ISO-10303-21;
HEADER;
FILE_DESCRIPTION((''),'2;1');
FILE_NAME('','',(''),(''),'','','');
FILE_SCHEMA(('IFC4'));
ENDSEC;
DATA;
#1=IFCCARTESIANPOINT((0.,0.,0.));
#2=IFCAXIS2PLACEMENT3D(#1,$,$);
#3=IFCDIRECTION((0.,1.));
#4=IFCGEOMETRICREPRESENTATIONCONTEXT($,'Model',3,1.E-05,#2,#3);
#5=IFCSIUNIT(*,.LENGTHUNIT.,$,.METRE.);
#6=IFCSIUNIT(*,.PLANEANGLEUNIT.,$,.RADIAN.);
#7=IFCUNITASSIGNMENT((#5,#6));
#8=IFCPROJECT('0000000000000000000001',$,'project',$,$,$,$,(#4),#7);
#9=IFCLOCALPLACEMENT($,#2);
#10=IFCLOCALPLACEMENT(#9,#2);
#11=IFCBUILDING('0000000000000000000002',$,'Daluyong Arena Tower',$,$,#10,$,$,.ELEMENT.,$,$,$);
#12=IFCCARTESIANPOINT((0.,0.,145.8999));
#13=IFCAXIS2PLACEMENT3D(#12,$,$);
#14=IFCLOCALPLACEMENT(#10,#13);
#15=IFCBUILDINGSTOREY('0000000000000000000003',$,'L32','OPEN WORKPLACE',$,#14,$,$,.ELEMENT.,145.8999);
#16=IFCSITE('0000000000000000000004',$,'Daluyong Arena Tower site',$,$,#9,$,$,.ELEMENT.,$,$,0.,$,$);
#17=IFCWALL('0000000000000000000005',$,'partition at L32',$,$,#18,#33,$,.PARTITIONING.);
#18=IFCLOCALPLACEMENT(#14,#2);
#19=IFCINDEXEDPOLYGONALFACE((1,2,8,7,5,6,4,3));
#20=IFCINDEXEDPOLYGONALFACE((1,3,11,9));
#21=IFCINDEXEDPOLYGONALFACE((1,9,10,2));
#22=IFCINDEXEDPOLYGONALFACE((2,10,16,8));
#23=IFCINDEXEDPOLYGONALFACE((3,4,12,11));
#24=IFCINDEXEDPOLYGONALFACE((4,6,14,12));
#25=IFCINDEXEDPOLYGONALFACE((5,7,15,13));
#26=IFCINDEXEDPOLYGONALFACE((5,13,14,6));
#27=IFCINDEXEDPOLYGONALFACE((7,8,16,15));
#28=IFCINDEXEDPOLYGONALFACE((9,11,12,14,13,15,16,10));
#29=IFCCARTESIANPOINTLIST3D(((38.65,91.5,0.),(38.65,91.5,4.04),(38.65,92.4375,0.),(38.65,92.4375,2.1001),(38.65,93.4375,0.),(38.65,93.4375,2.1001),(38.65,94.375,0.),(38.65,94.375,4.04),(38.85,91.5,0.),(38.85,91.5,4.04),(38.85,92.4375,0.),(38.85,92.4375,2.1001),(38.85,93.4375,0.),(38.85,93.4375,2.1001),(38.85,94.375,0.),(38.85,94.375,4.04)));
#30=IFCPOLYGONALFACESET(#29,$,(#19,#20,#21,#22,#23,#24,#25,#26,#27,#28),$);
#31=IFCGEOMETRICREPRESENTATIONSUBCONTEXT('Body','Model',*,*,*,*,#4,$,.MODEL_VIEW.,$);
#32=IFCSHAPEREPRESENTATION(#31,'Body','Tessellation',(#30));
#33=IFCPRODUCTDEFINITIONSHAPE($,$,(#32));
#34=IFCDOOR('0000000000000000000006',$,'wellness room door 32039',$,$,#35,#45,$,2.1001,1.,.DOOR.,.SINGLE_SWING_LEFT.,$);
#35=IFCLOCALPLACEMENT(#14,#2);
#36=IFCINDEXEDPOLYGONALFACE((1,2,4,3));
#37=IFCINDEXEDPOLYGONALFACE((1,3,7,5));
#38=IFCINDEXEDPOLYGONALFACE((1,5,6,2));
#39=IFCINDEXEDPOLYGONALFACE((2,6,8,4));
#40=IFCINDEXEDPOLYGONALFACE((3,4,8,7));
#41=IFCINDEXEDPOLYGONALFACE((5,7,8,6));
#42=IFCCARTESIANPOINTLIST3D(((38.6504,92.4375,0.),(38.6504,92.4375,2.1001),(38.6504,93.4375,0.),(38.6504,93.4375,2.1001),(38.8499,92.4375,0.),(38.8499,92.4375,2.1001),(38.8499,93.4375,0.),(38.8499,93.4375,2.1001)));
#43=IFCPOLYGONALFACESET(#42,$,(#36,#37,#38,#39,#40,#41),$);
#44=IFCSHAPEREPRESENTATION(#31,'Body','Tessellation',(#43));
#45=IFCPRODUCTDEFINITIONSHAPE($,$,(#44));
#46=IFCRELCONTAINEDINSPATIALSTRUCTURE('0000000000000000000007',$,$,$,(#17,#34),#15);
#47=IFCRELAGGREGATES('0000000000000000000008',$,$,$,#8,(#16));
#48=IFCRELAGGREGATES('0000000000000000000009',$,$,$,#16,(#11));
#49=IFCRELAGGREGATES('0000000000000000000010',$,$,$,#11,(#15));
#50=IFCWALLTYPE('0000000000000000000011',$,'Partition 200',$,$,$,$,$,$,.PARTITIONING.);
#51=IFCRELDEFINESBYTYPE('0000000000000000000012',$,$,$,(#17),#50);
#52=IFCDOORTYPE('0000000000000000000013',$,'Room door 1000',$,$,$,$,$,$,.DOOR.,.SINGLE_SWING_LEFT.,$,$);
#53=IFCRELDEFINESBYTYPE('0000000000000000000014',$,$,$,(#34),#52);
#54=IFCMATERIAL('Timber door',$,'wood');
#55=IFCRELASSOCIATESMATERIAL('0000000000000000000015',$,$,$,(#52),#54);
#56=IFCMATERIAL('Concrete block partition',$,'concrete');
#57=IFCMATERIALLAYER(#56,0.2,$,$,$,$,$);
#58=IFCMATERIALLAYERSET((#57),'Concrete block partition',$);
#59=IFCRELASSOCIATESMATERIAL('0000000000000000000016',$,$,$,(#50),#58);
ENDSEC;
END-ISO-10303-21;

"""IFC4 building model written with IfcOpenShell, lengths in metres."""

from ifc_helpers import new_model, si_unit, direction, frame, frame_2d, origin, place, context, subcontext, project, spatial, rectangle, extrude, material, layer, layer_set, type_object, element, fill, save


model = new_model("IFC4")

# Units and contexts
model_context = context("Model", 3, precision=1e-05, world=origin(), true_north=direction((0.0, 1.0)))
body_context = subcontext(model_context, "Body", "Model", "MODEL_VIEW")
ifc_project = project(units=[si_unit("LENGTHUNIT", "METRE"), si_unit("PLANEANGLEUNIT", "RADIAN")], contexts=[model_context])

# Site, building, storey
site_placement = place(None, origin())
site = spatial("IfcSite", under=ifc_project, at=site_placement, Name="Daluyong Arena Tower site", CompositionType="ELEMENT", RefElevation=0.0)
building_placement = place(site_placement, origin())
building = spatial("IfcBuilding", under=site, at=building_placement, Name="Daluyong Arena Tower", CompositionType="ELEMENT")
storey_placement = place(building_placement, frame((0.0, 0.0, 145.8999)))
storey = spatial("IfcBuildingStorey", under=building, at=storey_placement, Name="L32", Description="OPEN WORKPLACE", CompositionType="ELEMENT", Elevation=145.8999)

# Shared definitions
ifc_material_1 = material(Name="Timber door", Category="wood")
door_type_1 = type_object("IfcDoorType", Name="Room door 1000", OperationType="SINGLE_SWING_LEFT", PredefinedType="DOOR", material=ifc_material_1)

# Shared definitions
ifc_material_2 = material(Name="Concrete block partition", Category="concrete")
ifc_layer_1 = layer(ifc_material_2, 0.2)
ifc_layer_set_1 = layer_set([ifc_layer_1], Name="Concrete block partition")
wall_type_1 = type_object("IfcWallType", Name="Partition 200", PredefinedType="PARTITIONING", material=ifc_layer_set_1)

# Wall, opening, door
wall_1_placement = place(storey_placement, frame((38.75, 91.5, 0.0), z_axis=(0.0, 0.0, 1.0), x_axis=(0.0, 1.0, 0.0)))
wall_1 = element("IfcWall", 1, at=wall_1_placement, inside=storey, type_object=wall_type_1, Name="partition at L32", PredefinedType="PARTITIONING", context=body_context, shape_type="SweptSolid", body=[
    extrude(rectangle(XDim=2.875, YDim=0.2, at=frame_2d((1.4375, 0.0))), origin(), (0.0, 0.0, 1.0), 4.04),
])
opening_1_placement = place(wall_1_placement, frame((0.9375, 0.0, 0.0)))
opening_1 = element("IfcOpeningElement", 2, at=opening_1_placement, cuts=wall_1, PredefinedType="OPENING", context=body_context, shape_type="SweptSolid", body=[
    extrude(rectangle(XDim=1.0, YDim=2.1001, at=frame_2d((0.5, 1.05))), frame((0.0, 0.1099, 0.0), z_axis=(0.0, -1.0, 0.0), x_axis=(1.0, 0.0, 0.0)), (0.0, 0.0, 1.0), 0.22),
])
door_1_placement = place(opening_1_placement, origin())
door_1 = element("IfcDoor", 3, at=door_1_placement, inside=storey, type_object=door_type_1, Name="wellness room door 32039", OperationType="SINGLE_SWING_LEFT", OverallHeight=2.1001, OverallWidth=1.0, PredefinedType="DOOR", context=body_context, shape_type="SweptSolid", body=[
    extrude(rectangle(XDim=1.0, YDim=2.1001, at=frame_2d((0.5, 1.05))), frame((0.0, 0.0996, 0.0), z_axis=(0.0, -1.0, 0.0), x_axis=(1.0, 0.0, 0.0)), (0.0, 0.0, 1.0), 0.1995),
])
fill(opening_1, door_1)

save(model, "model.ifc")
